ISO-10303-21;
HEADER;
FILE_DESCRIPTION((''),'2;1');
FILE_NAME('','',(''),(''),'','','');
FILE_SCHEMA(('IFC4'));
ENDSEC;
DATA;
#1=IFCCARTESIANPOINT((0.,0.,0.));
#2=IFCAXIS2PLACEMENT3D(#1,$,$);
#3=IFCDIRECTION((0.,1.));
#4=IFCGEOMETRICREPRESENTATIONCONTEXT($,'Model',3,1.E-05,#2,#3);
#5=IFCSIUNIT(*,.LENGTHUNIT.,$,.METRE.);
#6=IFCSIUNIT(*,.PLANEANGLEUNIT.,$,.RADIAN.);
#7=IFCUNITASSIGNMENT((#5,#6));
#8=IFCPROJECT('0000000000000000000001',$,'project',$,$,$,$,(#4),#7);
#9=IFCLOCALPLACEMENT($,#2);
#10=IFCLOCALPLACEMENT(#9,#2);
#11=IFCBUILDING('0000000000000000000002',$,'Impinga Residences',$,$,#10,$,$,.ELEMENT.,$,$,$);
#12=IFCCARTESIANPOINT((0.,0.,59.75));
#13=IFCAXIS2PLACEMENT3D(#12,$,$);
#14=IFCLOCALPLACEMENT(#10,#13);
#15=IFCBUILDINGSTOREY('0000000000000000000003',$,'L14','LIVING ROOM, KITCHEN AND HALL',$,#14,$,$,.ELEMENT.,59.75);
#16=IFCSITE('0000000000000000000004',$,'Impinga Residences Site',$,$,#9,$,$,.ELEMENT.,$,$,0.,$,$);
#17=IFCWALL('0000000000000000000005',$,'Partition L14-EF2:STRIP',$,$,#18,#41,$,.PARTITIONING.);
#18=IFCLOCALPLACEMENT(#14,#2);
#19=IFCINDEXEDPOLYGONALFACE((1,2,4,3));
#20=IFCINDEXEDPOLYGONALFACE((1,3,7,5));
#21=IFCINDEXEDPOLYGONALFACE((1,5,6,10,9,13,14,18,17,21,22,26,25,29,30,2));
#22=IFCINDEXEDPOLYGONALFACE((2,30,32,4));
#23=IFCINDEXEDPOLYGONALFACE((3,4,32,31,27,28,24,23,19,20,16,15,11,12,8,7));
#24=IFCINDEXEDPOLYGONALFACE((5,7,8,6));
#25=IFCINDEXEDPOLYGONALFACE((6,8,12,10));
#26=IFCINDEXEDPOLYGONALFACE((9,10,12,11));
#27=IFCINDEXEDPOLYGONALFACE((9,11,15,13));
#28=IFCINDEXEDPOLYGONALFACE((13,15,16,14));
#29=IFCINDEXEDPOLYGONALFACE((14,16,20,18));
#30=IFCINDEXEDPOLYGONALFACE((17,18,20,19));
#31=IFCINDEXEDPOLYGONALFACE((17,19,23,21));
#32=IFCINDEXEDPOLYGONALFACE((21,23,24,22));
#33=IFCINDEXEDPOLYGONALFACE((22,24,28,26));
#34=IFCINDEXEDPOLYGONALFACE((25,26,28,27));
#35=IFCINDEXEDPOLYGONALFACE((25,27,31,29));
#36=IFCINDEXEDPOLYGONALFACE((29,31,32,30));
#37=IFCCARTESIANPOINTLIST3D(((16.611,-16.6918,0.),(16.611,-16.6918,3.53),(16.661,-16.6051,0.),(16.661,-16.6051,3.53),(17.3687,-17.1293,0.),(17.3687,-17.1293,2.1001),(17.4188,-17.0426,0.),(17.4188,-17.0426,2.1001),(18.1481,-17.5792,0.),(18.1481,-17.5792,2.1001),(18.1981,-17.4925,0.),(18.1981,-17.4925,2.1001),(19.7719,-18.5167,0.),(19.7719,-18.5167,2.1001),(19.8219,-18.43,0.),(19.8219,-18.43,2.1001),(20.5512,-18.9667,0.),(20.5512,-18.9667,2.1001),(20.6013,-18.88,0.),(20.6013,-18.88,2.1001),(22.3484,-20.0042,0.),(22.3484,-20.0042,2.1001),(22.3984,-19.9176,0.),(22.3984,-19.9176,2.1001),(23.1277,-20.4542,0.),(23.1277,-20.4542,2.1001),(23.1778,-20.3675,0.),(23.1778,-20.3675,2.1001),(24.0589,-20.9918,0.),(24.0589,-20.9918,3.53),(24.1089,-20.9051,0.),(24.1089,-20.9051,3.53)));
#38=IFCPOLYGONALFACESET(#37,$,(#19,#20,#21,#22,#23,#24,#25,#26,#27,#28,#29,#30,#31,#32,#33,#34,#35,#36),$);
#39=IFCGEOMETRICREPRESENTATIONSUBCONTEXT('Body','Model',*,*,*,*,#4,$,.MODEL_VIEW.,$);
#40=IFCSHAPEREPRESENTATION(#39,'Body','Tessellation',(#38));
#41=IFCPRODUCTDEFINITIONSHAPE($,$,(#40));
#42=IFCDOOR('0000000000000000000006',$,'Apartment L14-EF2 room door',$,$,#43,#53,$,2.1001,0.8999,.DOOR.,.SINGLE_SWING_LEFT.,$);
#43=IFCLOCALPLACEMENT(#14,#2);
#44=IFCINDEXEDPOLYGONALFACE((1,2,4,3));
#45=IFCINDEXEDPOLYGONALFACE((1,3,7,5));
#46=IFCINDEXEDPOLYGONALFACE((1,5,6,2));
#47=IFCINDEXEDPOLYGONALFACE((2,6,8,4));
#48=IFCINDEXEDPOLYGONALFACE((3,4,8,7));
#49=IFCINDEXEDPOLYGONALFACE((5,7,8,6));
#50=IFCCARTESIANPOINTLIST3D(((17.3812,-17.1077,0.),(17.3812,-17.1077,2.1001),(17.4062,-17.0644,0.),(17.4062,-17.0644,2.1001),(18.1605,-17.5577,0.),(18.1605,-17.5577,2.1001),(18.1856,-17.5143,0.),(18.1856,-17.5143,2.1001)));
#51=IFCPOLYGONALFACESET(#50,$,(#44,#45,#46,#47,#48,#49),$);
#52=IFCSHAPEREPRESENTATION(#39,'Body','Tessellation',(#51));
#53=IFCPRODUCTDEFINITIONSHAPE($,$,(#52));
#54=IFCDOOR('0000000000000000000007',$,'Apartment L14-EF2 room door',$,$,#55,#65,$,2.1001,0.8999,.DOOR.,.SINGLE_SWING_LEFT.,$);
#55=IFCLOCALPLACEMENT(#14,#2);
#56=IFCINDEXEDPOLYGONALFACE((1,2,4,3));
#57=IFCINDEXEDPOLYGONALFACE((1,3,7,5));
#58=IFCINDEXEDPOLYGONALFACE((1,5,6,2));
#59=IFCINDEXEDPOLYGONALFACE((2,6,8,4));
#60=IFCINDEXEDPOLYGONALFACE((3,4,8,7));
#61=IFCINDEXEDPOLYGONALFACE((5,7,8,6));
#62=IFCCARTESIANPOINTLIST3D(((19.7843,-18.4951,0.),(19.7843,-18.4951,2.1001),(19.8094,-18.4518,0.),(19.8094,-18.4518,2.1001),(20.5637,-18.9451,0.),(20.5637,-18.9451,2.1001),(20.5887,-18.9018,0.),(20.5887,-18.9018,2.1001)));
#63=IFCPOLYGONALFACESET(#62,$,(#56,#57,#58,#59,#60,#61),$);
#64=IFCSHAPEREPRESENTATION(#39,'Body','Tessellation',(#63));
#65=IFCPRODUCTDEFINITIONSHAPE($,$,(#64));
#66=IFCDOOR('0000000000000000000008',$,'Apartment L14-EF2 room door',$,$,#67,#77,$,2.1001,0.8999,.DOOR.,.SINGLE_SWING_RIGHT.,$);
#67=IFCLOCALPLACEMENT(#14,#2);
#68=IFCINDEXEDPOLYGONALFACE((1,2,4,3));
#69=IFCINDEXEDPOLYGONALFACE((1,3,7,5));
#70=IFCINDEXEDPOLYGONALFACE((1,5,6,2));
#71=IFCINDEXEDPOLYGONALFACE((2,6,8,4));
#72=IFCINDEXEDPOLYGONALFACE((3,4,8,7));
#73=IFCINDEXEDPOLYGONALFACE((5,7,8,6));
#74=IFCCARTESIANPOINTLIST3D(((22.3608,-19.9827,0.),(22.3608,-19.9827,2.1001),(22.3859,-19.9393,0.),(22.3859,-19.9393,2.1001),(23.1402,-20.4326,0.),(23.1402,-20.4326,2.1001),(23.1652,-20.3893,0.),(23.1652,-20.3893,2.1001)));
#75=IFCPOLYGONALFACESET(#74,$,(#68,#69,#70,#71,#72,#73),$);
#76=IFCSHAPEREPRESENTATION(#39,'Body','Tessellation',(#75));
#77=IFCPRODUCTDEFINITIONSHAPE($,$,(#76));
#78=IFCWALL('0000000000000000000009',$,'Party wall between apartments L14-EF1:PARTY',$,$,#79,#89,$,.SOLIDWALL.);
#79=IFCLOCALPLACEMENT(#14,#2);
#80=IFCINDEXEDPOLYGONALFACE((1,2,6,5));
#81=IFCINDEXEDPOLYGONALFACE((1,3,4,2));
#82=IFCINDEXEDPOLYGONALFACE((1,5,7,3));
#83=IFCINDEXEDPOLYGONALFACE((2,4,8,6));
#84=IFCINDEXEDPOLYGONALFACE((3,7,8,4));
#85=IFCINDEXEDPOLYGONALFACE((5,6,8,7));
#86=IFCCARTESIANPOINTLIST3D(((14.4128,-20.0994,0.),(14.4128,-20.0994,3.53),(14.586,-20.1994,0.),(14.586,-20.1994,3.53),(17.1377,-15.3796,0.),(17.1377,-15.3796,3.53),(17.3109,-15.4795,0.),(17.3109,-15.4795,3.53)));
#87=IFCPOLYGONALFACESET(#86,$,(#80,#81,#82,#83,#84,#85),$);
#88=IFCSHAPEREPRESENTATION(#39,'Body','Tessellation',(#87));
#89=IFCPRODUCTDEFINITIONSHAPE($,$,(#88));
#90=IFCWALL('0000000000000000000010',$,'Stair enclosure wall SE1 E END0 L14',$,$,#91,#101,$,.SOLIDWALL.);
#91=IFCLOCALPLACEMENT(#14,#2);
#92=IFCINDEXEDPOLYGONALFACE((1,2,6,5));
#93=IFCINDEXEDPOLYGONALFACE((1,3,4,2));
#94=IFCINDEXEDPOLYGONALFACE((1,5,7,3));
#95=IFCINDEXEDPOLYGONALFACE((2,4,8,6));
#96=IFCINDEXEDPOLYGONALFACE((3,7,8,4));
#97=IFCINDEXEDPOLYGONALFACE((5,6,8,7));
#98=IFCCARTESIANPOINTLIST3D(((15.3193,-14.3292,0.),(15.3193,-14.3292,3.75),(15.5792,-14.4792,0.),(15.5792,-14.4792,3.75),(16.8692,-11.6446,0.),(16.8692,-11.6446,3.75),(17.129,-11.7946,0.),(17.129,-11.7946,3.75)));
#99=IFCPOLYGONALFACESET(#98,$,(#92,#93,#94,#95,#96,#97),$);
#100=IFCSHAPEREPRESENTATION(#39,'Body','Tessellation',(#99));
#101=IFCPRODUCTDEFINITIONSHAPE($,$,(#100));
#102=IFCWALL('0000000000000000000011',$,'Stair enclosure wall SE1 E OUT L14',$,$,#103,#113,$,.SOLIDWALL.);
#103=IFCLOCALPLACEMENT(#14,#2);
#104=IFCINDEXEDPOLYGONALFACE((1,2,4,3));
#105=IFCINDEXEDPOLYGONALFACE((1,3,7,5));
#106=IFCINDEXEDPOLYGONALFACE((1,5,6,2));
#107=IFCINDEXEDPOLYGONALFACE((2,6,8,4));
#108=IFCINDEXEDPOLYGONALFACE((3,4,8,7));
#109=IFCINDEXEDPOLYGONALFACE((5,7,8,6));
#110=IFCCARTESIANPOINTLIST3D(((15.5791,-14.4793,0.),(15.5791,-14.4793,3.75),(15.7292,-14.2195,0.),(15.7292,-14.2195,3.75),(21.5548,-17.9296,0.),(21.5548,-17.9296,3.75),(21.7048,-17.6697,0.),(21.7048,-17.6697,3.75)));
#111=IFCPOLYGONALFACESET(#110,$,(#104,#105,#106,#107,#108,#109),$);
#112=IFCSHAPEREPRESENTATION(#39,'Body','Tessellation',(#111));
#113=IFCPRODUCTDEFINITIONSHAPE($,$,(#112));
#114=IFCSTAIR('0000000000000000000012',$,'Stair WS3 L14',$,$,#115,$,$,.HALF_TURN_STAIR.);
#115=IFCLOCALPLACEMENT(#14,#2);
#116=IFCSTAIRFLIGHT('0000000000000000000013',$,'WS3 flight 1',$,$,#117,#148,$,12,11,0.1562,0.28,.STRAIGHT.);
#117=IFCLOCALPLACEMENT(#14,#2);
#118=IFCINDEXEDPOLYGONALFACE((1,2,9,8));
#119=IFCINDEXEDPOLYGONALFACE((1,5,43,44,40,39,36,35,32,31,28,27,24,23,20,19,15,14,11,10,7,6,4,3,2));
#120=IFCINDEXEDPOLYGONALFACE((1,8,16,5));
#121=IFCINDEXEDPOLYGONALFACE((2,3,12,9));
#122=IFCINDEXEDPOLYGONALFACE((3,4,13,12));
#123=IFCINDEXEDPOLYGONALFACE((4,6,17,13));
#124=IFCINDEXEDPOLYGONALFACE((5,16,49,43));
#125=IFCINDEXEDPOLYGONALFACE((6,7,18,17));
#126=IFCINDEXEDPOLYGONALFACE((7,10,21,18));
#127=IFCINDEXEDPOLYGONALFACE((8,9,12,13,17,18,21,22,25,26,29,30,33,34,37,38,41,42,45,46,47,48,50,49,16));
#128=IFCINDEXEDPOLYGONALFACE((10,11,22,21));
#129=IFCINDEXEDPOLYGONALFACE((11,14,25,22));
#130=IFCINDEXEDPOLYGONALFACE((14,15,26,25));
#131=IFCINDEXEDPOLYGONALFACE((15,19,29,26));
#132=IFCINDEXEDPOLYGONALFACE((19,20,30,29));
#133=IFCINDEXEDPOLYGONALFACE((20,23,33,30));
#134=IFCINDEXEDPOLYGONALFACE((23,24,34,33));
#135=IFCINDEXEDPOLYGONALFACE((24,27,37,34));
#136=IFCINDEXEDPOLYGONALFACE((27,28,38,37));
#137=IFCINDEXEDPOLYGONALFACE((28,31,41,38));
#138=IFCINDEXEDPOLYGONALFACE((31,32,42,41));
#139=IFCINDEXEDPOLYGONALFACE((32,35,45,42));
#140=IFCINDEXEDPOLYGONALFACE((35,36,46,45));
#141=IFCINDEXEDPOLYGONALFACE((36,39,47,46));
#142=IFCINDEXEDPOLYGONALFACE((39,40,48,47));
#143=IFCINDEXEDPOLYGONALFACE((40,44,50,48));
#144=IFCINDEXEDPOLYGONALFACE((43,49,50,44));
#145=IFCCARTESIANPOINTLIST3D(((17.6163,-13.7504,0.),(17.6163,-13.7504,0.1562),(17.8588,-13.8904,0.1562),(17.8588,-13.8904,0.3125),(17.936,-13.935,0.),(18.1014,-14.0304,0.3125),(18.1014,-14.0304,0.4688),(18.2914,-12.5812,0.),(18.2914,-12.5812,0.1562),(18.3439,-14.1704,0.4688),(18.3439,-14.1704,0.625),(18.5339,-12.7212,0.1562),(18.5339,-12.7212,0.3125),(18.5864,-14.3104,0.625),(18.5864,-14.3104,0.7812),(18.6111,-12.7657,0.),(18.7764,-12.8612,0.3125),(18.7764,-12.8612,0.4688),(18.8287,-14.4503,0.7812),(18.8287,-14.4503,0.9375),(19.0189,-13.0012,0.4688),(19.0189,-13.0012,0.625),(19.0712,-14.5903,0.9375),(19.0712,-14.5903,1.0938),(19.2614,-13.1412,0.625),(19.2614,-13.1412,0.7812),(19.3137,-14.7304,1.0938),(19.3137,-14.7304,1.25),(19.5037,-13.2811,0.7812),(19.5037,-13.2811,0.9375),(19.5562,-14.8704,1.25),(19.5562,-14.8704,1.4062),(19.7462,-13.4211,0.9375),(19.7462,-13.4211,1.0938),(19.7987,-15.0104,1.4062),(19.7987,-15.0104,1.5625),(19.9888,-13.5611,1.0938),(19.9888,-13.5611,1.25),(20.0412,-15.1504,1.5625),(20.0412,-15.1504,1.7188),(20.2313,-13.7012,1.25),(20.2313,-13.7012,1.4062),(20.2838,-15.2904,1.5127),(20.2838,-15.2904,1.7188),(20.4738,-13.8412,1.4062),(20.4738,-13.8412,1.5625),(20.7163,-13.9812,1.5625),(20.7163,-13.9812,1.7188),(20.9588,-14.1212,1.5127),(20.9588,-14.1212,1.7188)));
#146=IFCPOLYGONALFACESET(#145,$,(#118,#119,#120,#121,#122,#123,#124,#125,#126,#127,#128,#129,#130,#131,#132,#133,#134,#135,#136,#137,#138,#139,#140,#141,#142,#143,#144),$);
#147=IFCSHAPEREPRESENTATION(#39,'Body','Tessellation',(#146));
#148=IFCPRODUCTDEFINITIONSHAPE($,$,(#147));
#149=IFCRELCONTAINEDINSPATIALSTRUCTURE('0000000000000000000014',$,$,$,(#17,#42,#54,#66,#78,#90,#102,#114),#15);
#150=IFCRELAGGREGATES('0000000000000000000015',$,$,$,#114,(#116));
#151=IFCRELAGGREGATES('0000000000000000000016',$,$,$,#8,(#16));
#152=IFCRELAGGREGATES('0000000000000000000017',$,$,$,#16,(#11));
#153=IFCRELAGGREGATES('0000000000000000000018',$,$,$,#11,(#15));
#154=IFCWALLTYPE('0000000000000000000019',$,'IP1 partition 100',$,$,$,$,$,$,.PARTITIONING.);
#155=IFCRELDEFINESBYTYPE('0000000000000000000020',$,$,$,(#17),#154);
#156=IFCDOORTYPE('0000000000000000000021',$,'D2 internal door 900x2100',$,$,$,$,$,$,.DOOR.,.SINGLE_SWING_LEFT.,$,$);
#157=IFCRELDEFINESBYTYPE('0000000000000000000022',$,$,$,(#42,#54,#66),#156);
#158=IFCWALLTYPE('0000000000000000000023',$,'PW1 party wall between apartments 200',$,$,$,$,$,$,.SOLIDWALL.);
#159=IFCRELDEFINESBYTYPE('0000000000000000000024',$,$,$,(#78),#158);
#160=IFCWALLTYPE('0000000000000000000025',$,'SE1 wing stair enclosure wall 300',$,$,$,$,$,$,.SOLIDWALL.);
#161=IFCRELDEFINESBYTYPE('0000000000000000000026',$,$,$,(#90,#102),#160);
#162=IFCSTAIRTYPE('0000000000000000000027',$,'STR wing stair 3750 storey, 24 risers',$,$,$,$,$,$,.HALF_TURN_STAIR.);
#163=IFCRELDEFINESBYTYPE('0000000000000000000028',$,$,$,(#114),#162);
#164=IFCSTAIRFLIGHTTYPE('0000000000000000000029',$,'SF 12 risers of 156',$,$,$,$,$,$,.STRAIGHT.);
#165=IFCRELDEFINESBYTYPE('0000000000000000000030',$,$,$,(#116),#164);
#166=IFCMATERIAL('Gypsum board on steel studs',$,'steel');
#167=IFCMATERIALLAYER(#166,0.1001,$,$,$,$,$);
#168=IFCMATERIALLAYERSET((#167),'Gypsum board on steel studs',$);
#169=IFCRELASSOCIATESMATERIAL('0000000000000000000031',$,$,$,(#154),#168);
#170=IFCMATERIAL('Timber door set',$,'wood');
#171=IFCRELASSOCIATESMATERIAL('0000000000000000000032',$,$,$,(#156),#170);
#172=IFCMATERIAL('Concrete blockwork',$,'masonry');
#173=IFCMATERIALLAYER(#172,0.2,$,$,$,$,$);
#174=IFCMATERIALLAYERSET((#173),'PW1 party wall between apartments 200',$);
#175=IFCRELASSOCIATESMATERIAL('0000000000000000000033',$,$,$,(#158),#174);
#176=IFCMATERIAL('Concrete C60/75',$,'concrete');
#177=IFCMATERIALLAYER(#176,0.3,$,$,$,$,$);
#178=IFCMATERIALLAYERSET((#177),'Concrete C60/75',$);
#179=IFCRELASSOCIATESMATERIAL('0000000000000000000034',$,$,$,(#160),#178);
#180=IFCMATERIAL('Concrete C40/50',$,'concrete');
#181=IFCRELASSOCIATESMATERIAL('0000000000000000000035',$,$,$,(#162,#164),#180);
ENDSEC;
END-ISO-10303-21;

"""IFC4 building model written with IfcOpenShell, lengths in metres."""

from ifc_helpers import new_model, si_unit, direction, frame, frame_2d, origin, place, context, subcontext, project, spatial, polyline, rectangle, outline, extrude, material, layer, layer_set, type_object, element, fill, aggregate, save


model = new_model("IFC4")

# Units and contexts
model_context = context("Model", 3, precision=1e-05, world=origin(), true_north=direction((0.0, 1.0)))
body_context = subcontext(model_context, "Body", "Model", "MODEL_VIEW")
ifc_project = project(units=[si_unit("LENGTHUNIT", "METRE"), si_unit("PLANEANGLEUNIT", "RADIAN")], contexts=[model_context])

# Site, building, storey
site_placement = place(None, origin())
site = spatial("IfcSite", under=ifc_project, at=site_placement, Name="Impinga Residences Site", CompositionType="ELEMENT", RefElevation=0.0)
building_placement = place(site_placement, origin())
building = spatial("IfcBuilding", under=site, at=building_placement, Name="Impinga Residences", CompositionType="ELEMENT")
storey_placement = place(building_placement, frame((0.0, 0.0, 59.75)))
storey = spatial("IfcBuildingStorey", under=building, at=storey_placement, Name="L14", Description="LIVING ROOM, KITCHEN AND HALL", CompositionType="ELEMENT", Elevation=59.75)

# Shared definitions
ifc_material_1 = material(Name="Concrete C60/75", Category="concrete")

# Shared definitions
ifc_material_2 = material(Name="Gypsum board on steel studs", Category="steel")
ifc_layer_1 = layer(ifc_material_2, 0.1001)
ifc_layer_set_1 = layer_set([ifc_layer_1], Name="Gypsum board on steel studs")
wall_type_1 = type_object("IfcWallType", Name="IP1 partition 100", PredefinedType="PARTITIONING", material=ifc_layer_set_1)

# Shared definitions
ifc_material_3 = material(Name="Timber door set", Category="wood")
door_type = type_object("IfcDoorType", Name="D2 internal door 900x2100", OperationType="SINGLE_SWING_LEFT", PredefinedType="DOOR", material=ifc_material_3)

# Wall, openings, doors
wall_1_placement = place(storey_placement, frame((16.636, -16.6484, 0.0), z_axis=(0.0, 0.0, 1.0), x_axis=(0.866028, -0.499995, 0.0)))
wall_1 = element("IfcWall", 1, at=wall_1_placement, inside=storey, type_object=wall_type_1, Name="Partition L14-EF2:STRIP", PredefinedType="PARTITIONING", context=body_context, shape_type="SweptSolid", body=[
    extrude(rectangle(XDim=8.6001, YDim=0.1001, at=frame_2d((4.3, 0.0))), origin(), (0.0, 0.0, 1.0), 3.53),
])
opening_1_placement = place(wall_1_placement, frame((0.875, 0.0, 0.0)))
opening_1 = element("IfcOpeningElement", 2, at=opening_1_placement, cuts=wall_1, PredefinedType="OPENING", context=body_context, shape_type="SweptSolid", body=[
    extrude(rectangle(XDim=0.8999, YDim=2.1001, at=frame_2d((0.45, 1.05))), frame((0.0, 0.0601, 0.0), z_axis=(0.0, -1.0, 0.0), x_axis=(1.0, 0.0, 0.0)), (0.0, 0.0, 1.0), 0.1201),
])
opening_2_placement = place(wall_1_placement, frame((3.6499, 0.0, 0.0)))
opening_2 = element("IfcOpeningElement", 3, at=opening_2_placement, cuts=wall_1, PredefinedType="OPENING", context=body_context, shape_type="SweptSolid", body=[
    extrude(rectangle(XDim=0.8999, YDim=2.1001, at=frame_2d((0.45, 1.05))), frame((0.0, 0.0601, 0.0), z_axis=(0.0, -1.0, 0.0), x_axis=(1.0, 0.0, 0.0)), (0.0, 0.0, 1.0), 0.1201),
])
opening_3_placement = place(wall_1_placement, frame((6.625, 0.0, 0.0)))
opening_3 = element("IfcOpeningElement", 4, at=opening_3_placement, cuts=wall_1, PredefinedType="OPENING", context=body_context, shape_type="SweptSolid", body=[
    extrude(rectangle(XDim=0.8999, YDim=2.1001, at=frame_2d((0.45, 1.05))), frame((0.0, 0.0601, 0.0), z_axis=(0.0, -1.0, 0.0), x_axis=(1.0, 0.0, 0.0)), (0.0, 0.0, 1.0), 0.1201),
])
door_1_placement = place(opening_1_placement, origin())
door_1 = element("IfcDoor", 5, at=door_1_placement, inside=storey, type_object=door_type, Name="Apartment L14-EF2 room door", OperationType="SINGLE_SWING_LEFT", OverallHeight=2.1001, OverallWidth=0.8999, PredefinedType="DOOR", context=body_context, shape_type="SweptSolid", body=[
    extrude(rectangle(XDim=0.8999, YDim=2.1001, at=frame_2d((0.45, 1.05))), frame((0.0, 0.0249, 0.0), z_axis=(0.0, -1.0, 0.0), x_axis=(1.0, 0.0, 0.0)), (0.0, 0.0, 1.0), 0.05),
])
fill(opening_1, door_1)
door_2_placement = place(opening_2_placement, origin())
door_2 = element("IfcDoor", 6, at=door_2_placement, inside=storey, type_object=door_type, Name="Apartment L14-EF2 room door", OperationType="SINGLE_SWING_LEFT", OverallHeight=2.1001, OverallWidth=0.8999, PredefinedType="DOOR", context=body_context, shape_type="SweptSolid", body=[
    extrude(rectangle(XDim=0.8999, YDim=2.1001, at=frame_2d((0.45, 1.05))), frame((0.0, 0.0249, 0.0), z_axis=(0.0, -1.0, 0.0), x_axis=(1.0, 0.0, 0.0)), (0.0, 0.0, 1.0), 0.05),
])
fill(opening_2, door_2)
door_3_placement = place(opening_3_placement, origin())
door_3 = element("IfcDoor", 7, at=door_3_placement, inside=storey, type_object=door_type, Name="Apartment L14-EF2 room door", OperationType="SINGLE_SWING_RIGHT", OverallHeight=2.1001, OverallWidth=0.8999, PredefinedType="DOOR", context=body_context, shape_type="SweptSolid", body=[
    extrude(rectangle(XDim=0.8999, YDim=2.1001, at=frame_2d((0.45, 1.05))), frame((0.0, 0.0249, 0.0), z_axis=(0.0, -1.0, 0.0), x_axis=(1.0, 0.0, 0.0)), (0.0, 0.0, 1.0), 0.05),
])
fill(opening_3, door_3)

# Walls
ifc_material_4 = material(Name="Concrete blockwork", Category="masonry")
ifc_layer_2 = layer(ifc_material_4, 0.2)
ifc_layer_set_2 = layer_set([ifc_layer_2], Name="PW1 party wall between apartments 200")
wall_type_2 = type_object("IfcWallType", Name="PW1 party wall between apartments 200", PredefinedType="SOLIDWALL", material=ifc_layer_set_2)
wall_2_placement = place(storey_placement, frame((17.2244, -15.4294, 0.0), z_axis=(0.0, 0.0, 1.0), x_axis=(-0.499989, -0.866032, 0.0)))
element("IfcWall", 8, at=wall_2_placement, inside=storey, type_object=wall_type_2, Name="Party wall between apartments L14-EF1:PARTY", PredefinedType="SOLIDWALL", context=body_context, shape_type="SweptSolid", body=[
    extrude(rectangle(XDim=5.45, YDim=0.2, at=frame_2d((2.7251, 0.0))), origin(), (0.0, 0.0, 1.0), 3.53),
])
ifc_layer_3 = layer(ifc_material_1, 0.3)
ifc_layer_set_3 = layer_set([ifc_layer_3], Name="Concrete C60/75")
wall_type_3 = type_object("IfcWallType", Name="SE1 wing stair enclosure wall 300", PredefinedType="SOLIDWALL", material=ifc_layer_set_3)
wall_3_placement = place(storey_placement, frame((16.999, -11.7197, 0.0), z_axis=(0.0, 0.0, 1.0), x_axis=(-0.499968, -0.866044, 0.0)))
element("IfcWall", 9, at=wall_3_placement, inside=storey, type_object=wall_type_3, Name="Stair enclosure wall SE1 E END0 L14", PredefinedType="SOLIDWALL", context=body_context, shape_type="SweptSolid", body=[
    extrude(rectangle(XDim=3.0999, YDim=0.3, at=frame_2d((1.5498, 0.0))), origin(), (0.0, 0.0, 1.0), 3.75),
])
wall_4_placement = place(storey_placement, frame((15.6541, -14.3494, 0.0), z_axis=(0.0, 0.0, 1.0), x_axis=(0.866014, -0.500021, 0.0)))
element("IfcWall", 10, at=wall_4_placement, inside=storey, type_object=wall_type_3, Name="Stair enclosure wall SE1 E OUT L14", PredefinedType="SOLIDWALL", context=body_context, shape_type="SweptSolid", body=[
    extrude(rectangle(XDim=6.9001, YDim=0.3, at=frame_2d((3.4502, 0.0))), origin(), (0.0, 0.0, 1.0), 3.75),
])

# Stair, stair flight
ifc_material_5 = material(Name="Concrete C40/50", Category="concrete")
stair_type = type_object("IfcStairType", Name="STR wing stair 3750 storey, 24 risers", PredefinedType="HALF_TURN_STAIR", material=ifc_material_5)
stair_placement = place(storey_placement, origin())
stair = element("IfcStair", 11, at=stair_placement, inside=storey, type_object=stair_type, Name="Stair WS3 L14", PredefinedType="HALF_TURN_STAIR")
stair_flight_type = type_object("IfcStairFlightType", Name="SF 12 risers of 156", PredefinedType="STRAIGHT", material=ifc_material_5)
stair_flight_placement = place(storey_placement, frame((17.9539, -13.1658, 0.0), z_axis=(0.0, 0.0, 1.0), x_axis=(0.866025, -0.5, 0.0)))
stair_flight = element("IfcStairFlight", 12, at=stair_flight_placement, type_object=stair_flight_type, Name="WS3 flight 1", NumberOfRisers=12, NumberOfTreads=11, PredefinedType="STRAIGHT", RiserHeight=0.1562, TreadLength=0.28, context=body_context, shape_type="SweptSolid", body=[
    extrude(outline(polyline([(0.0, 0.0), (0.0, 0.1562), (0.28, 0.1562), (0.28, 0.3125), (0.5601, 0.3125), (0.5601, 0.4688), (0.8401, 0.4688), (0.8401, 0.625), (1.1201, 0.625), (1.1201, 0.7812), (1.3999, 0.7812), (1.3999, 0.9375), (1.6799, 0.9375), (1.6799, 1.0938), (1.96, 1.0938), (1.96, 1.25), (2.24, 1.25), (2.24, 1.4062), (2.52, 1.4062), (2.52, 1.5625), (2.8, 1.5625), (2.8, 1.7188), (3.0801, 1.7188), (3.0801, 1.875), (3.0801, 1.5127), (0.3691, 0.0), (0.0, 0.0)])), frame((0.0, 0.675, 0.0), z_axis=(0.0, -1.0, 0.0), x_axis=(1.0, 0.0, 0.0)), (0.0, 0.0, 1.0), 1.3501),
])
aggregate(stair, [stair_flight])

save(model, "model.ifc")
